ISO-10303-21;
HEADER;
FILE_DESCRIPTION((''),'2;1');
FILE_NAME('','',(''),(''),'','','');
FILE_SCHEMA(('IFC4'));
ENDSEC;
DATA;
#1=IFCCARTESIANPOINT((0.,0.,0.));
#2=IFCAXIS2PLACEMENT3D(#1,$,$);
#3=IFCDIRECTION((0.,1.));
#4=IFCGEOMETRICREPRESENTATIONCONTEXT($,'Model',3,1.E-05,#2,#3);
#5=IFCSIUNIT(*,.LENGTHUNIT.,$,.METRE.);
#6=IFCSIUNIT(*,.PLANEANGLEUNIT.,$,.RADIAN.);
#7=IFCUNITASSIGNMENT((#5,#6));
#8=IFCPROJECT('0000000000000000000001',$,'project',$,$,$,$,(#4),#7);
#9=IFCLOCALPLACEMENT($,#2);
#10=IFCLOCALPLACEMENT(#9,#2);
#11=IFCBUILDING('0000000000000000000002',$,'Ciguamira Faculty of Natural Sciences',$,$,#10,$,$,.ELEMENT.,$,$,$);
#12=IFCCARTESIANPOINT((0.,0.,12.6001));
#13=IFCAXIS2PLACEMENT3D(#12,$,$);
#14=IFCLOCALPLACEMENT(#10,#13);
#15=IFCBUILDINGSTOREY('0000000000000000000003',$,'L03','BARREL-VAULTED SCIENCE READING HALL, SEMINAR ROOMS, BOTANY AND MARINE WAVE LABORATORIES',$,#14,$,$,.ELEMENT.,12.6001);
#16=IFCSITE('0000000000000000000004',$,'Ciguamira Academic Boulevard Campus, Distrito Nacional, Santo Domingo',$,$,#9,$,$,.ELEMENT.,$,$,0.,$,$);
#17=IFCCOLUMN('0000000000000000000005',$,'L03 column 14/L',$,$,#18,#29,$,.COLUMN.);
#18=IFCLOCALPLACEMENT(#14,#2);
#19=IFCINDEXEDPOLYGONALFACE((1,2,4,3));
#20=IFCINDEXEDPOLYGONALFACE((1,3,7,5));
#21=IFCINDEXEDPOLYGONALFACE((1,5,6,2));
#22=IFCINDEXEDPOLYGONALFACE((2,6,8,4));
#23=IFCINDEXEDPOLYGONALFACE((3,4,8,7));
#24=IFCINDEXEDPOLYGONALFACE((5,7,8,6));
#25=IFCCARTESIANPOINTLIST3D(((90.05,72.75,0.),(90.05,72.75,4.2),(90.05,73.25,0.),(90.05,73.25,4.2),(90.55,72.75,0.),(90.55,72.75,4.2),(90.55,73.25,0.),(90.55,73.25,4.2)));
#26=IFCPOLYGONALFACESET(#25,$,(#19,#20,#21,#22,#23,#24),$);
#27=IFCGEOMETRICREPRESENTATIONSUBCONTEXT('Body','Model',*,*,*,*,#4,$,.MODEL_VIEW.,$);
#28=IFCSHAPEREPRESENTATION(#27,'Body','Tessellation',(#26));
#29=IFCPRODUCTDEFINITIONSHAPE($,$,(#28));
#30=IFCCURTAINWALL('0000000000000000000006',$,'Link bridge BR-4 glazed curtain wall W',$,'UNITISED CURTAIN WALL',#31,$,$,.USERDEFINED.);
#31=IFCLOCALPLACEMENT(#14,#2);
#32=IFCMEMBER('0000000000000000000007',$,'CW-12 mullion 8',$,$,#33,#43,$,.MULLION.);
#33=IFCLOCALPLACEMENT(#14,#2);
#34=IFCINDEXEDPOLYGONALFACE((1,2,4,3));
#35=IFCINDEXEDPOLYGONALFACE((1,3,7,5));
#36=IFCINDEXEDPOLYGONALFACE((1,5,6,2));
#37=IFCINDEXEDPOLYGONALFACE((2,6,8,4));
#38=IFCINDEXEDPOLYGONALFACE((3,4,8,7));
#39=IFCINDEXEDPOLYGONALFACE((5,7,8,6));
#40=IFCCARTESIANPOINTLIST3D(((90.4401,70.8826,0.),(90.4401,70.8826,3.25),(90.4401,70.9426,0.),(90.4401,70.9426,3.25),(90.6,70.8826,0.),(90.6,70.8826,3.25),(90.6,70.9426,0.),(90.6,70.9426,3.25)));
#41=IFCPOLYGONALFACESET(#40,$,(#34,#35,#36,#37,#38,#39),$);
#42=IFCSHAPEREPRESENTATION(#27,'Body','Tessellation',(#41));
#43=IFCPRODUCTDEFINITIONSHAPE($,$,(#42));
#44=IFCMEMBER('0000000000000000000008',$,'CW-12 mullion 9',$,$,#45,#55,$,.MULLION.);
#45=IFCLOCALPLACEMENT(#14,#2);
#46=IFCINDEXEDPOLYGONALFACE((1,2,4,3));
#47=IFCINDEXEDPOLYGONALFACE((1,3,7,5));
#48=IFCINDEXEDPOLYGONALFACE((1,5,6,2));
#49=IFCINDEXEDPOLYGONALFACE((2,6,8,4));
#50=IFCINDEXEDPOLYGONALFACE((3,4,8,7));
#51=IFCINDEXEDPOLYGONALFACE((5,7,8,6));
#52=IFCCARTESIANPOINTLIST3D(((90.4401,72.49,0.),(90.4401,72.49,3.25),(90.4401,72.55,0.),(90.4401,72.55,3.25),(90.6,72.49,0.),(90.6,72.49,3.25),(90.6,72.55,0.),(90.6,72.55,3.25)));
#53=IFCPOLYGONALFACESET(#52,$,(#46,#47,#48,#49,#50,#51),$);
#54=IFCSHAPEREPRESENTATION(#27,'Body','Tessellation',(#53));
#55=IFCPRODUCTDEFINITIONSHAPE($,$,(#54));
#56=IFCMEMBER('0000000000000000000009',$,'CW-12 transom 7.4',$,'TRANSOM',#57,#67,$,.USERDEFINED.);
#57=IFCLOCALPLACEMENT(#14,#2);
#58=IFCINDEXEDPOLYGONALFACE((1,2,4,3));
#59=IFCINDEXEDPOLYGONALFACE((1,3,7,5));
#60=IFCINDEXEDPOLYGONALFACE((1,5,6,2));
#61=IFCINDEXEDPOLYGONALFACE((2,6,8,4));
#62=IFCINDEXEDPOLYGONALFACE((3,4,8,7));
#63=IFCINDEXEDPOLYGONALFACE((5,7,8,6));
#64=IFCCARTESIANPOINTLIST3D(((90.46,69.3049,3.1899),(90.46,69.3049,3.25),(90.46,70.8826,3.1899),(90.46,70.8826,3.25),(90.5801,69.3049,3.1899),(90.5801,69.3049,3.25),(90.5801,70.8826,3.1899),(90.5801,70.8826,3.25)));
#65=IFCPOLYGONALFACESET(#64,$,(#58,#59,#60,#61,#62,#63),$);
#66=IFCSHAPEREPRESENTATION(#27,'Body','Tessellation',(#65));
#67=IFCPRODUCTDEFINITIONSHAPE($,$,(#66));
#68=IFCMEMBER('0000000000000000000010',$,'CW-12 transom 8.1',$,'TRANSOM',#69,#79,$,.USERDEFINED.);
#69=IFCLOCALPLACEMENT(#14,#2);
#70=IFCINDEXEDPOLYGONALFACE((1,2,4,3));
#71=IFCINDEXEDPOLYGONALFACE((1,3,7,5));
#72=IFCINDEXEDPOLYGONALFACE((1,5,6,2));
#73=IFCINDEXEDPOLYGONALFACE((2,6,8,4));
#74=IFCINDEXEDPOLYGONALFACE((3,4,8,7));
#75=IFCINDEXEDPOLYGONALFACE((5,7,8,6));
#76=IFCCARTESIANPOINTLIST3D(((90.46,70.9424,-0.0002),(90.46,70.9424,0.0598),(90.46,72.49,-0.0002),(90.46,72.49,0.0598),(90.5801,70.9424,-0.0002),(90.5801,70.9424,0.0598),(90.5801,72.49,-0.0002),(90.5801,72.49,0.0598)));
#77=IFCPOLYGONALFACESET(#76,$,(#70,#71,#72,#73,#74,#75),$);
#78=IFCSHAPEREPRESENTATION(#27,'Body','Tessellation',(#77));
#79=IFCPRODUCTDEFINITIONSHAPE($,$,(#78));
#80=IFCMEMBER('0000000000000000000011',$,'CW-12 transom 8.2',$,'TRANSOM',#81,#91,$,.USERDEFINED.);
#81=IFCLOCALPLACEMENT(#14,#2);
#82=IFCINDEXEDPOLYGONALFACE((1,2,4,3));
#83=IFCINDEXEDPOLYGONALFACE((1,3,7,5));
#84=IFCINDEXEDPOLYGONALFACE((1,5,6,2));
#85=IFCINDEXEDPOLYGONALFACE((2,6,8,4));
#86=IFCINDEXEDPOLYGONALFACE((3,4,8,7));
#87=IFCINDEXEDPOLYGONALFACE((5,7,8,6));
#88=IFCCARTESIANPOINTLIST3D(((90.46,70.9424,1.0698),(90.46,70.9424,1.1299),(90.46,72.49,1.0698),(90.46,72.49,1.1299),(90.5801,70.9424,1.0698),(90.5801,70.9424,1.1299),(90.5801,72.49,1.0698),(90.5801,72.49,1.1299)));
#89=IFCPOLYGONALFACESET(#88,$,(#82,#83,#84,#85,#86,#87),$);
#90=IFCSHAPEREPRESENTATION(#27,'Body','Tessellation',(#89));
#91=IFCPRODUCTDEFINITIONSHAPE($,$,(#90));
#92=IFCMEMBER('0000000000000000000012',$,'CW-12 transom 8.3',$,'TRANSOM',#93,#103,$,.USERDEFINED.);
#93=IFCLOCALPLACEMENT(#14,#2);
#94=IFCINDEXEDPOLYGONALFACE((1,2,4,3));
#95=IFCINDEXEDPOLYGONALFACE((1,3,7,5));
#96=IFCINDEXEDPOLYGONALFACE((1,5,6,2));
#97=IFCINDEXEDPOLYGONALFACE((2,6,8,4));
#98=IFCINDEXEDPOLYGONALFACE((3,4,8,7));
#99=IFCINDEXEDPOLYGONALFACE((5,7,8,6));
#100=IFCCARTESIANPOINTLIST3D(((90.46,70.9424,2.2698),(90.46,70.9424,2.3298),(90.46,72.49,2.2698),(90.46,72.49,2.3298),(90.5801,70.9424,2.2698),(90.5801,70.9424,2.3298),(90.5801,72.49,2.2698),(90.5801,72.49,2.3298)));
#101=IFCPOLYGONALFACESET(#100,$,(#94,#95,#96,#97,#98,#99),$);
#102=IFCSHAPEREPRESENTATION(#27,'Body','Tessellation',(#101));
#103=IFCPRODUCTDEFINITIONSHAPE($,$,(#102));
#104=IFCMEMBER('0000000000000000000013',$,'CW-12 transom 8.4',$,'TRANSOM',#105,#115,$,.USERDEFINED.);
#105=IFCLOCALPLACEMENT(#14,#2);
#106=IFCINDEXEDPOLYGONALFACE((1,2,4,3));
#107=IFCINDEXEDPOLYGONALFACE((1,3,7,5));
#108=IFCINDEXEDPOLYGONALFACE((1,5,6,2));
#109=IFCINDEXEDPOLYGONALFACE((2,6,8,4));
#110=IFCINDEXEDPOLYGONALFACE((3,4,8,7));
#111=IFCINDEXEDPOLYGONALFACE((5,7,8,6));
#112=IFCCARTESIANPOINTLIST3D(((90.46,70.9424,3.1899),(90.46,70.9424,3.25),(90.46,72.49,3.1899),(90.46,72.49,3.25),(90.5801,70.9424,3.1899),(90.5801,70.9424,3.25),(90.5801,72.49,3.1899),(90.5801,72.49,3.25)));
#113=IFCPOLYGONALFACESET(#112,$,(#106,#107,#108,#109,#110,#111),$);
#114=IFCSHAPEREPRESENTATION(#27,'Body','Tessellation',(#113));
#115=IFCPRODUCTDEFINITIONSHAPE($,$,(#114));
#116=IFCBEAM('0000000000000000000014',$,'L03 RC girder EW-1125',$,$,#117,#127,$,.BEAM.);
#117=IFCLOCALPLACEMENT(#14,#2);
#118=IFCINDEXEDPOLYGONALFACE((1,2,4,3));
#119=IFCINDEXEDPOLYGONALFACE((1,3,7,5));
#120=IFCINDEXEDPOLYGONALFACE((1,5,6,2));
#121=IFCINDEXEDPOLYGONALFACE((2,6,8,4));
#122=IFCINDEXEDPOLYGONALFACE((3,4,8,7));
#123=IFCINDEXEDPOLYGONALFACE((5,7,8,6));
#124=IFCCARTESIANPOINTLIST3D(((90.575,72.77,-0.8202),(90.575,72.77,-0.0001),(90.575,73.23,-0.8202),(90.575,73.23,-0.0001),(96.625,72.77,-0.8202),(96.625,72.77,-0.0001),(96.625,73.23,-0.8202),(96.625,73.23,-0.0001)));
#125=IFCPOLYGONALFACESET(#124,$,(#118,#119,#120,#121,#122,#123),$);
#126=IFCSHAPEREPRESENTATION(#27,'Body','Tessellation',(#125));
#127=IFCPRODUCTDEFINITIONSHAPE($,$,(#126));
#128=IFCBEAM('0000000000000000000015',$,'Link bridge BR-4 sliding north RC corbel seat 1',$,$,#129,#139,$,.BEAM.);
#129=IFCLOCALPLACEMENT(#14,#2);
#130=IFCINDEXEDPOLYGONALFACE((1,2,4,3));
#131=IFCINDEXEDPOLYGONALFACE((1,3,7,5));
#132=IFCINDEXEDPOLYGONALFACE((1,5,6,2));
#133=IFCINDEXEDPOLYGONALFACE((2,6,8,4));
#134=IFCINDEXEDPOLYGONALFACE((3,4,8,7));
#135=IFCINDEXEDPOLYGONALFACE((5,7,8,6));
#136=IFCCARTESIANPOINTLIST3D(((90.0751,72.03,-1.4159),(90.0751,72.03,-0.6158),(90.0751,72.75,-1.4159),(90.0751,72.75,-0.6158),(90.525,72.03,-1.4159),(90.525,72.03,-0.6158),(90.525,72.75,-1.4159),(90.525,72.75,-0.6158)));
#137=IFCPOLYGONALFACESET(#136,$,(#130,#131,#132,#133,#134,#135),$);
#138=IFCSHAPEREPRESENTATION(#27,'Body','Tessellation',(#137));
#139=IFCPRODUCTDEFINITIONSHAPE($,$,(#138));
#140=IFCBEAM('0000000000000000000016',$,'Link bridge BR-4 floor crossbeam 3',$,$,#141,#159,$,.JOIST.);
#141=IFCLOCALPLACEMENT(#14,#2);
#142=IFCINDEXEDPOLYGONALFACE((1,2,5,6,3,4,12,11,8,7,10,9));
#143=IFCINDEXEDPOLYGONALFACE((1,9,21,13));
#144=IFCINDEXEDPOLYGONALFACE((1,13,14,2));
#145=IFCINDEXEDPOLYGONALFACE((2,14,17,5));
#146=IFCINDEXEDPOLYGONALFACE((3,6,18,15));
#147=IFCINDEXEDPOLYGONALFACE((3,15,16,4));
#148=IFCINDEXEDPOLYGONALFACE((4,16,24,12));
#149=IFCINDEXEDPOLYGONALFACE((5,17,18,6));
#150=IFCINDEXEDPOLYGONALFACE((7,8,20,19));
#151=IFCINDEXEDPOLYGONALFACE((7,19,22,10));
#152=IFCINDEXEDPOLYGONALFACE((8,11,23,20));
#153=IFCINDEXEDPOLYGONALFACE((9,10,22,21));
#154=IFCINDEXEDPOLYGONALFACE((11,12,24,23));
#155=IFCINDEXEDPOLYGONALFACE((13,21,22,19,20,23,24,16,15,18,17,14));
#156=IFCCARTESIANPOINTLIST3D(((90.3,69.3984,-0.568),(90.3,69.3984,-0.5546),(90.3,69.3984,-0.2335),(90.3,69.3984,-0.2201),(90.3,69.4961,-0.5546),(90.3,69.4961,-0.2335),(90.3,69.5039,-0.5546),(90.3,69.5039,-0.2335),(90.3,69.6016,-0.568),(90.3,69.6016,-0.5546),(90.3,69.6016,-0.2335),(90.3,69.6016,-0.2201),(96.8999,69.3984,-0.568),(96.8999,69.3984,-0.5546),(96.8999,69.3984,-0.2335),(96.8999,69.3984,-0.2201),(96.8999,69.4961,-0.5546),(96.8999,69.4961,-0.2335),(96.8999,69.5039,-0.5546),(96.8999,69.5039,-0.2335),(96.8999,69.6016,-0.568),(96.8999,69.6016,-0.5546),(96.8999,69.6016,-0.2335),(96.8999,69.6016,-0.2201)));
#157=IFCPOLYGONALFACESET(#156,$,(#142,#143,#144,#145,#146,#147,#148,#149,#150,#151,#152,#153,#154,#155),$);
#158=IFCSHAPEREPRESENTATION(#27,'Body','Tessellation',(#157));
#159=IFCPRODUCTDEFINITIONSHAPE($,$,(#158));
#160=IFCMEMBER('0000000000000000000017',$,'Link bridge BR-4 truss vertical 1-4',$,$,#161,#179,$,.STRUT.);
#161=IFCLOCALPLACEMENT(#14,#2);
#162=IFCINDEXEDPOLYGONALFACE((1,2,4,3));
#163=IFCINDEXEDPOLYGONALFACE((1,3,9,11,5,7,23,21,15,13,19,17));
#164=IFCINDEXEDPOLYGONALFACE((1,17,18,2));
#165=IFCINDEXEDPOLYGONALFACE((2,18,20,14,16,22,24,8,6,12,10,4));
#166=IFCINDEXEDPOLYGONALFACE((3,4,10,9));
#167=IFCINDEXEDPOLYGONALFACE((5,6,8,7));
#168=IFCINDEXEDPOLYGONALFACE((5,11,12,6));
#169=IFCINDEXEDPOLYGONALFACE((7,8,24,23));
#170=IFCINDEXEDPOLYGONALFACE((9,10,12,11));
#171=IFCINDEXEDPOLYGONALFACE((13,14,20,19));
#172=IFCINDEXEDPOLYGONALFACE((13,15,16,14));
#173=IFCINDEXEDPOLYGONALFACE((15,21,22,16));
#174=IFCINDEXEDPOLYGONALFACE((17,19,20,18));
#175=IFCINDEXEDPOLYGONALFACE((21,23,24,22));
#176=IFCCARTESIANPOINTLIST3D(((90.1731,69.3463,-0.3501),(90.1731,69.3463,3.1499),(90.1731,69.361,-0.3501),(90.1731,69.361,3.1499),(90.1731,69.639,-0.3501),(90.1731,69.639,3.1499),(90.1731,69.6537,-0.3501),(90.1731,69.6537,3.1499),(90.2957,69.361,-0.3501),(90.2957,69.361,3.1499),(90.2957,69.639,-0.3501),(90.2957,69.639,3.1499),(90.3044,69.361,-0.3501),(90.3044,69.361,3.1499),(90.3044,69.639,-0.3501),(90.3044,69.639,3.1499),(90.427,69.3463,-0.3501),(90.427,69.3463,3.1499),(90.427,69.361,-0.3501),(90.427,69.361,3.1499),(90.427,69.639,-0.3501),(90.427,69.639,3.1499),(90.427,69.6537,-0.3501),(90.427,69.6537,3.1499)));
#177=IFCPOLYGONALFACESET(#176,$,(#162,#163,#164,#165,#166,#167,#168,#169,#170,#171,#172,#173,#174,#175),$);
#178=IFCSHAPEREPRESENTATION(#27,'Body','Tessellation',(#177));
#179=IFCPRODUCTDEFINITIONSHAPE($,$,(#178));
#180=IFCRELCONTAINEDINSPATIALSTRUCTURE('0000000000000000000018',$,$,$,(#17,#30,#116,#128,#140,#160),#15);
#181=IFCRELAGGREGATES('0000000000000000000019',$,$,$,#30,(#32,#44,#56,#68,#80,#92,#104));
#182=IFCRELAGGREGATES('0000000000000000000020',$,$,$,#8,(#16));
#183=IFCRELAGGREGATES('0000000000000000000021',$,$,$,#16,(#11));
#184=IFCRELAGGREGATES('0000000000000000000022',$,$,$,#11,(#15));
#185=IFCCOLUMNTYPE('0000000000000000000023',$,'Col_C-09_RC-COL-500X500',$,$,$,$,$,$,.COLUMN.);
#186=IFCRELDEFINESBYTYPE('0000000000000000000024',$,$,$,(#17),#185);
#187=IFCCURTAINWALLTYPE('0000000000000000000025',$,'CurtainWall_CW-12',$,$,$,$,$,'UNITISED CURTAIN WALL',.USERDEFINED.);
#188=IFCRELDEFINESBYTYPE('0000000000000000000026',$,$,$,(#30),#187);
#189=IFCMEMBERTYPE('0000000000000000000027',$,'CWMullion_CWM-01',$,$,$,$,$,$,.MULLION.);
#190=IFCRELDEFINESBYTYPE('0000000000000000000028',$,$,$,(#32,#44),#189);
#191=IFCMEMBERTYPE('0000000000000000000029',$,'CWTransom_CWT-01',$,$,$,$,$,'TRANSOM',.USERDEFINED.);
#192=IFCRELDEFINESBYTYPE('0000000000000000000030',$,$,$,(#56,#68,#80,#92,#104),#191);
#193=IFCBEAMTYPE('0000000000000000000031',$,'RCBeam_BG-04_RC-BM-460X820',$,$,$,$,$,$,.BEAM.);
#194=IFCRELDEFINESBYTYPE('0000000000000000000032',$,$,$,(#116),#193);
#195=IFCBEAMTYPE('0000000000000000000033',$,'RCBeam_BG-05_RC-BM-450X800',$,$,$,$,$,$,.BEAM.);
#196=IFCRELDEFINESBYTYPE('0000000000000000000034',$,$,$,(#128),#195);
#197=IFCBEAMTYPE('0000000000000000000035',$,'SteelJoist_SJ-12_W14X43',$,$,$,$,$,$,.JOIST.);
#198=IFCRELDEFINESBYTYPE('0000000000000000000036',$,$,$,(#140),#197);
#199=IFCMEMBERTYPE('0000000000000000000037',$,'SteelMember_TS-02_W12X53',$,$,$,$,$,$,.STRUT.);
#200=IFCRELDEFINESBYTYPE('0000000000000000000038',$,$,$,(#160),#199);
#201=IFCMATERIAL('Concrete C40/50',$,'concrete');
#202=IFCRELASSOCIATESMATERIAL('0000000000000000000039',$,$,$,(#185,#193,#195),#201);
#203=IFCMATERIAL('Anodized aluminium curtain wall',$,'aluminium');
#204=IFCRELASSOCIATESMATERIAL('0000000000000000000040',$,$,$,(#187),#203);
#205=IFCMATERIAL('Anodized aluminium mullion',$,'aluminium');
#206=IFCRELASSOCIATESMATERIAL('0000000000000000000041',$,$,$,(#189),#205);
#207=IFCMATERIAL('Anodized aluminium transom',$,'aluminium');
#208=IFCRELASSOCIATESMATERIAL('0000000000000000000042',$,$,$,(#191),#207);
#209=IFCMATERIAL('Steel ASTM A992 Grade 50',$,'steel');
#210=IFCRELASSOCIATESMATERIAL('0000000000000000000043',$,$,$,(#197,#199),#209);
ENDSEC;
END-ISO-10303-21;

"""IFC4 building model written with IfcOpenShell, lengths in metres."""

from ifc_helpers import new_model, si_unit, direction, frame, origin, origin_2d, place, context, subcontext, project, spatial, rectangle, i_section, extrude, material, material_profile, profile_set, type_object, element, aggregate, save


model = new_model("IFC4")

# Units and contexts
model_context = context("Model", 3, precision=1e-05, world=origin(), true_north=direction((0.0, 1.0)))
body_context = subcontext(model_context, "Body", "Model", "MODEL_VIEW")
ifc_project = project(units=[si_unit("LENGTHUNIT", "METRE"), si_unit("PLANEANGLEUNIT", "RADIAN")], contexts=[model_context])

# Site, building, storey
site_placement = place(None, origin())
site = spatial("IfcSite", under=ifc_project, at=site_placement, Name="Ciguamira Academic Boulevard Campus, Distrito Nacional, Santo Domingo", CompositionType="ELEMENT", RefElevation=0.0)
building_placement = place(site_placement, origin())
building = spatial("IfcBuilding", under=site, at=building_placement, Name="Ciguamira Faculty of Natural Sciences", CompositionType="ELEMENT")
storey_placement = place(building_placement, frame((0.0, 0.0, 12.6001)))
storey = spatial("IfcBuildingStorey", under=building, at=storey_placement, Name="L03", Description="BARREL-VAULTED SCIENCE READING HALL, SEMINAR ROOMS, BOTANY AND MARINE WAVE LABORATORIES", CompositionType="ELEMENT", Elevation=12.6001)

# Column
ifc_material_1 = material(Name="Concrete C40/50", Category="concrete")
ifc_material_profile_1 = material_profile(ifc_material_1, rectangle(XDim=0.5, YDim=0.5, at=origin_2d()), Name="RC-COL-500X500")
ifc_profile_set_1 = profile_set([ifc_material_profile_1], Name="Concrete C40/50")
column_type = type_object("IfcColumnType", Name="Col_C-09_RC-COL-500X500", PredefinedType="COLUMN", material=ifc_profile_set_1)
column_placement = place(storey_placement, frame((90.3, 73.0, 0.0), z_axis=(0.0, 0.0, 1.0), x_axis=(1.0, 0.0, 0.0)))
element("IfcColumn", 1, at=column_placement, inside=storey, type_object=column_type, Name="L03 column 14/L", PredefinedType="COLUMN", context=body_context, shape_type="SweptSolid", body=[
    extrude(rectangle(XDim=0.5, YDim=0.5, at=origin_2d()), origin(), (0.0, 0.0, 1.0), 4.2),
])

# Curtain wall, members
ifc_material_2 = material(Name="Anodized aluminium curtain wall", Category="aluminium")
curtain_wall_type = type_object("IfcCurtainWallType", Name="CurtainWall_CW-12", ElementType="UNITISED CURTAIN WALL", PredefinedType="USERDEFINED", material=ifc_material_2)
curtain_wall_placement = place(storey_placement, origin())
curtain_wall = element("IfcCurtainWall", 2, at=curtain_wall_placement, inside=storey, type_object=curtain_wall_type, Name="Link bridge BR-4 glazed curtain wall W", ObjectType="UNITISED CURTAIN WALL", PredefinedType="USERDEFINED")
ifc_material_3 = material(Name="Anodized aluminium mullion", Category="aluminium")
ifc_material_profile_2 = material_profile(ifc_material_3, rectangle(XDim=0.0601, YDim=0.1599, at=origin_2d()), Name="ALU-MUL-60X160")
ifc_profile_set_2 = profile_set([ifc_material_profile_2], Name="Anodized aluminium mullion")
member_type_1 = type_object("IfcMemberType", Name="CWMullion_CWM-01", PredefinedType="MULLION", material=ifc_profile_set_2)
member_1_placement = place(storey_placement, frame((90.52, 70.9126, 0.0), z_axis=(0.0, 0.0, 1.0), x_axis=(0.0, 1.0, 0.0)))
member_1 = element("IfcMember", 3, at=member_1_placement, type_object=member_type_1, Name="CW-12 mullion 8", PredefinedType="MULLION", context=body_context, shape_type="SweptSolid", body=[
    extrude(rectangle(XDim=0.0601, YDim=0.1599, at=origin_2d()), origin(), (0.0, 0.0, 1.0), 3.25),
])
member_2_placement = place(storey_placement, frame((90.52, 72.52, 0.0), z_axis=(0.0, 0.0, 1.0), x_axis=(0.0, 1.0, 0.0)))
member_2 = element("IfcMember", 4, at=member_2_placement, type_object=member_type_1, Name="CW-12 mullion 9", PredefinedType="MULLION", context=body_context, shape_type="SweptSolid", body=[
    extrude(rectangle(XDim=0.0601, YDim=0.1599, at=origin_2d()), origin(), (0.0, 0.0, 1.0), 3.25),
])
ifc_material_4 = material(Name="Anodized aluminium transom", Category="aluminium")
ifc_material_profile_3 = material_profile(ifc_material_4, rectangle(XDim=0.0601, YDim=0.1201, at=origin_2d()), Name="ALU-TRN-60X120")
ifc_profile_set_3 = profile_set([ifc_material_profile_3], Name="Anodized aluminium transom")
member_type_2 = type_object("IfcMemberType", Name="CWTransom_CWT-01", ElementType="TRANSOM", PredefinedType="USERDEFINED", material=ifc_profile_set_3)
member_3_placement = place(storey_placement, frame((90.52, 69.3049, 3.22), z_axis=(0.0, 1.0, 0.0), x_axis=(0.0, 0.0, 1.0)))
member_3 = element("IfcMember", 5, at=member_3_placement, type_object=member_type_2, Name="CW-12 transom 7.4", ObjectType="TRANSOM", PredefinedType="USERDEFINED", context=body_context, shape_type="SweptSolid", body=[
    extrude(rectangle(XDim=0.0601, YDim=0.1201, at=origin_2d()), origin(), (0.0, 0.0, 1.0), 1.5776),
])
member_4_placement = place(storey_placement, frame((90.52, 70.9424, 0.0298), z_axis=(0.0, 1.0, 0.0), x_axis=(0.0, 0.0, 1.0)))
member_4 = element("IfcMember", 6, at=member_4_placement, type_object=member_type_2, Name="CW-12 transom 8.1", ObjectType="TRANSOM", PredefinedType="USERDEFINED", context=body_context, shape_type="SweptSolid", body=[
    extrude(rectangle(XDim=0.0601, YDim=0.1201, at=origin_2d()), origin(), (0.0, 0.0, 1.0), 1.5476),
])
member_5_placement = place(storey_placement, frame((90.52, 70.9424, 1.0999), z_axis=(0.0, 1.0, 0.0), x_axis=(0.0, 0.0, 1.0)))
member_5 = element("IfcMember", 7, at=member_5_placement, type_object=member_type_2, Name="CW-12 transom 8.2", ObjectType="TRANSOM", PredefinedType="USERDEFINED", context=body_context, shape_type="SweptSolid", body=[
    extrude(rectangle(XDim=0.0601, YDim=0.1201, at=origin_2d()), origin(), (0.0, 0.0, 1.0), 1.5476),
])
member_6_placement = place(storey_placement, frame((90.52, 70.9424, 2.2998), z_axis=(0.0, 1.0, 0.0), x_axis=(0.0, 0.0, 1.0)))
member_6 = element("IfcMember", 8, at=member_6_placement, type_object=member_type_2, Name="CW-12 transom 8.3", ObjectType="TRANSOM", PredefinedType="USERDEFINED", context=body_context, shape_type="SweptSolid", body=[
    extrude(rectangle(XDim=0.0601, YDim=0.1201, at=origin_2d()), origin(), (0.0, 0.0, 1.0), 1.5476),
])
member_7_placement = place(storey_placement, frame((90.52, 70.9424, 3.22), z_axis=(0.0, 1.0, 0.0), x_axis=(0.0, 0.0, 1.0)))
member_7 = element("IfcMember", 9, at=member_7_placement, type_object=member_type_2, Name="CW-12 transom 8.4", ObjectType="TRANSOM", PredefinedType="USERDEFINED", context=body_context, shape_type="SweptSolid", body=[
    extrude(rectangle(XDim=0.0601, YDim=0.1201, at=origin_2d()), origin(), (0.0, 0.0, 1.0), 1.5476),
])

# Beams
ifc_material_profile_4 = material_profile(ifc_material_1, rectangle(XDim=0.46, YDim=0.8201, at=origin_2d()), Name="RC-BM-460X820")
ifc_profile_set_4 = profile_set([ifc_material_profile_4], Name="Concrete C40/50")
beam_type_1 = type_object("IfcBeamType", Name="RCBeam_BG-04_RC-BM-460X820", PredefinedType="BEAM", material=ifc_profile_set_4)
beam_1_placement = place(storey_placement, frame((90.575, 73.0, -0.4102), z_axis=(1.0, 0.0, 0.0), x_axis=(0.0, 1.0, 0.0)))
element("IfcBeam", 10, at=beam_1_placement, inside=storey, type_object=beam_type_1, Name="L03 RC girder EW-1125", PredefinedType="BEAM", context=body_context, shape_type="SweptSolid", body=[
    extrude(rectangle(XDim=0.46, YDim=0.8201, at=origin_2d()), origin(), (0.0, 0.0, 1.0), 6.05),
])
ifc_material_profile_5 = material_profile(ifc_material_1, rectangle(XDim=0.45, YDim=0.8, at=origin_2d()), Name="RC-BM-450X800")
ifc_profile_set_5 = profile_set([ifc_material_profile_5], Name="Concrete C40/50")
beam_type_2 = type_object("IfcBeamType", Name="RCBeam_BG-05_RC-BM-450X800", PredefinedType="BEAM", material=ifc_profile_set_5)
beam_2_placement = place(storey_placement, frame((90.3, 72.03, -1.0159), z_axis=(0.0, 1.0, 0.0), x_axis=(-1.0, 0.0, 0.0)))
element("IfcBeam", 11, at=beam_2_placement, inside=storey, type_object=beam_type_2, Name="Link bridge BR-4 sliding north RC corbel seat 1", PredefinedType="BEAM", context=body_context, shape_type="SweptSolid", body=[
    extrude(rectangle(XDim=0.45, YDim=0.8, at=origin_2d()), origin(), (0.0, 0.0, 1.0), 0.72),
])
ifc_material_5 = material(Name="Steel ASTM A992 Grade 50", Category="steel")
ifc_material_profile_6 = material_profile(ifc_material_5, i_section(OverallWidth=0.2031, OverallDepth=0.3479, WebThickness=0.0078, FlangeThickness=0.0134, at=origin_2d()), Name="W14X43")
ifc_profile_set_6 = profile_set([ifc_material_profile_6], Name="Steel ASTM A992 Grade 50")
beam_type_3 = type_object("IfcBeamType", Name="SteelJoist_SJ-12_W14X43", PredefinedType="JOIST", material=ifc_profile_set_6)
beam_3_placement = place(storey_placement, frame((90.3, 69.5, -0.394), z_axis=(1.0, 0.0, 0.0), x_axis=(0.0, 1.0, 0.0)))
element("IfcBeam", 12, at=beam_3_placement, inside=storey, type_object=beam_type_3, Name="Link bridge BR-4 floor crossbeam 3", PredefinedType="JOIST", context=body_context, shape_type="SweptSolid", body=[
    extrude(i_section(OverallWidth=0.2031, OverallDepth=0.3479, WebThickness=0.0078, FlangeThickness=0.0134, at=origin_2d()), origin(), (0.0, 0.0, 1.0), 6.5999),
])

# Member
ifc_material_profile_7 = material_profile(ifc_material_5, i_section(OverallWidth=0.2539, OverallDepth=0.3074, WebThickness=0.0088, FlangeThickness=0.0146, at=origin_2d()), Name="W12X53")
ifc_profile_set_7 = profile_set([ifc_material_profile_7], Name="Steel ASTM A992 Grade 50")
member_type_3 = type_object("IfcMemberType", Name="SteelMember_TS-02_W12X53", PredefinedType="STRUT", material=ifc_profile_set_7)
member_8_placement = place(storey_placement, frame((90.3, 69.5, -0.3501), z_axis=(0.0, 0.0, 1.0), x_axis=(1.0, 0.0, 0.0)))
element("IfcMember", 13, at=member_8_placement, inside=storey, type_object=member_type_3, Name="Link bridge BR-4 truss vertical 1-4", PredefinedType="STRUT", context=body_context, shape_type="SweptSolid", body=[
    extrude(i_section(OverallWidth=0.2539, OverallDepth=0.3074, WebThickness=0.0088, FlangeThickness=0.0146, at=origin_2d()), origin(), (0.0, 0.0, 1.0), 3.5),
])

aggregate(curtain_wall, [member_1, member_2, member_3, member_4, member_5, member_6, member_7])

save(model, "model.ifc")
